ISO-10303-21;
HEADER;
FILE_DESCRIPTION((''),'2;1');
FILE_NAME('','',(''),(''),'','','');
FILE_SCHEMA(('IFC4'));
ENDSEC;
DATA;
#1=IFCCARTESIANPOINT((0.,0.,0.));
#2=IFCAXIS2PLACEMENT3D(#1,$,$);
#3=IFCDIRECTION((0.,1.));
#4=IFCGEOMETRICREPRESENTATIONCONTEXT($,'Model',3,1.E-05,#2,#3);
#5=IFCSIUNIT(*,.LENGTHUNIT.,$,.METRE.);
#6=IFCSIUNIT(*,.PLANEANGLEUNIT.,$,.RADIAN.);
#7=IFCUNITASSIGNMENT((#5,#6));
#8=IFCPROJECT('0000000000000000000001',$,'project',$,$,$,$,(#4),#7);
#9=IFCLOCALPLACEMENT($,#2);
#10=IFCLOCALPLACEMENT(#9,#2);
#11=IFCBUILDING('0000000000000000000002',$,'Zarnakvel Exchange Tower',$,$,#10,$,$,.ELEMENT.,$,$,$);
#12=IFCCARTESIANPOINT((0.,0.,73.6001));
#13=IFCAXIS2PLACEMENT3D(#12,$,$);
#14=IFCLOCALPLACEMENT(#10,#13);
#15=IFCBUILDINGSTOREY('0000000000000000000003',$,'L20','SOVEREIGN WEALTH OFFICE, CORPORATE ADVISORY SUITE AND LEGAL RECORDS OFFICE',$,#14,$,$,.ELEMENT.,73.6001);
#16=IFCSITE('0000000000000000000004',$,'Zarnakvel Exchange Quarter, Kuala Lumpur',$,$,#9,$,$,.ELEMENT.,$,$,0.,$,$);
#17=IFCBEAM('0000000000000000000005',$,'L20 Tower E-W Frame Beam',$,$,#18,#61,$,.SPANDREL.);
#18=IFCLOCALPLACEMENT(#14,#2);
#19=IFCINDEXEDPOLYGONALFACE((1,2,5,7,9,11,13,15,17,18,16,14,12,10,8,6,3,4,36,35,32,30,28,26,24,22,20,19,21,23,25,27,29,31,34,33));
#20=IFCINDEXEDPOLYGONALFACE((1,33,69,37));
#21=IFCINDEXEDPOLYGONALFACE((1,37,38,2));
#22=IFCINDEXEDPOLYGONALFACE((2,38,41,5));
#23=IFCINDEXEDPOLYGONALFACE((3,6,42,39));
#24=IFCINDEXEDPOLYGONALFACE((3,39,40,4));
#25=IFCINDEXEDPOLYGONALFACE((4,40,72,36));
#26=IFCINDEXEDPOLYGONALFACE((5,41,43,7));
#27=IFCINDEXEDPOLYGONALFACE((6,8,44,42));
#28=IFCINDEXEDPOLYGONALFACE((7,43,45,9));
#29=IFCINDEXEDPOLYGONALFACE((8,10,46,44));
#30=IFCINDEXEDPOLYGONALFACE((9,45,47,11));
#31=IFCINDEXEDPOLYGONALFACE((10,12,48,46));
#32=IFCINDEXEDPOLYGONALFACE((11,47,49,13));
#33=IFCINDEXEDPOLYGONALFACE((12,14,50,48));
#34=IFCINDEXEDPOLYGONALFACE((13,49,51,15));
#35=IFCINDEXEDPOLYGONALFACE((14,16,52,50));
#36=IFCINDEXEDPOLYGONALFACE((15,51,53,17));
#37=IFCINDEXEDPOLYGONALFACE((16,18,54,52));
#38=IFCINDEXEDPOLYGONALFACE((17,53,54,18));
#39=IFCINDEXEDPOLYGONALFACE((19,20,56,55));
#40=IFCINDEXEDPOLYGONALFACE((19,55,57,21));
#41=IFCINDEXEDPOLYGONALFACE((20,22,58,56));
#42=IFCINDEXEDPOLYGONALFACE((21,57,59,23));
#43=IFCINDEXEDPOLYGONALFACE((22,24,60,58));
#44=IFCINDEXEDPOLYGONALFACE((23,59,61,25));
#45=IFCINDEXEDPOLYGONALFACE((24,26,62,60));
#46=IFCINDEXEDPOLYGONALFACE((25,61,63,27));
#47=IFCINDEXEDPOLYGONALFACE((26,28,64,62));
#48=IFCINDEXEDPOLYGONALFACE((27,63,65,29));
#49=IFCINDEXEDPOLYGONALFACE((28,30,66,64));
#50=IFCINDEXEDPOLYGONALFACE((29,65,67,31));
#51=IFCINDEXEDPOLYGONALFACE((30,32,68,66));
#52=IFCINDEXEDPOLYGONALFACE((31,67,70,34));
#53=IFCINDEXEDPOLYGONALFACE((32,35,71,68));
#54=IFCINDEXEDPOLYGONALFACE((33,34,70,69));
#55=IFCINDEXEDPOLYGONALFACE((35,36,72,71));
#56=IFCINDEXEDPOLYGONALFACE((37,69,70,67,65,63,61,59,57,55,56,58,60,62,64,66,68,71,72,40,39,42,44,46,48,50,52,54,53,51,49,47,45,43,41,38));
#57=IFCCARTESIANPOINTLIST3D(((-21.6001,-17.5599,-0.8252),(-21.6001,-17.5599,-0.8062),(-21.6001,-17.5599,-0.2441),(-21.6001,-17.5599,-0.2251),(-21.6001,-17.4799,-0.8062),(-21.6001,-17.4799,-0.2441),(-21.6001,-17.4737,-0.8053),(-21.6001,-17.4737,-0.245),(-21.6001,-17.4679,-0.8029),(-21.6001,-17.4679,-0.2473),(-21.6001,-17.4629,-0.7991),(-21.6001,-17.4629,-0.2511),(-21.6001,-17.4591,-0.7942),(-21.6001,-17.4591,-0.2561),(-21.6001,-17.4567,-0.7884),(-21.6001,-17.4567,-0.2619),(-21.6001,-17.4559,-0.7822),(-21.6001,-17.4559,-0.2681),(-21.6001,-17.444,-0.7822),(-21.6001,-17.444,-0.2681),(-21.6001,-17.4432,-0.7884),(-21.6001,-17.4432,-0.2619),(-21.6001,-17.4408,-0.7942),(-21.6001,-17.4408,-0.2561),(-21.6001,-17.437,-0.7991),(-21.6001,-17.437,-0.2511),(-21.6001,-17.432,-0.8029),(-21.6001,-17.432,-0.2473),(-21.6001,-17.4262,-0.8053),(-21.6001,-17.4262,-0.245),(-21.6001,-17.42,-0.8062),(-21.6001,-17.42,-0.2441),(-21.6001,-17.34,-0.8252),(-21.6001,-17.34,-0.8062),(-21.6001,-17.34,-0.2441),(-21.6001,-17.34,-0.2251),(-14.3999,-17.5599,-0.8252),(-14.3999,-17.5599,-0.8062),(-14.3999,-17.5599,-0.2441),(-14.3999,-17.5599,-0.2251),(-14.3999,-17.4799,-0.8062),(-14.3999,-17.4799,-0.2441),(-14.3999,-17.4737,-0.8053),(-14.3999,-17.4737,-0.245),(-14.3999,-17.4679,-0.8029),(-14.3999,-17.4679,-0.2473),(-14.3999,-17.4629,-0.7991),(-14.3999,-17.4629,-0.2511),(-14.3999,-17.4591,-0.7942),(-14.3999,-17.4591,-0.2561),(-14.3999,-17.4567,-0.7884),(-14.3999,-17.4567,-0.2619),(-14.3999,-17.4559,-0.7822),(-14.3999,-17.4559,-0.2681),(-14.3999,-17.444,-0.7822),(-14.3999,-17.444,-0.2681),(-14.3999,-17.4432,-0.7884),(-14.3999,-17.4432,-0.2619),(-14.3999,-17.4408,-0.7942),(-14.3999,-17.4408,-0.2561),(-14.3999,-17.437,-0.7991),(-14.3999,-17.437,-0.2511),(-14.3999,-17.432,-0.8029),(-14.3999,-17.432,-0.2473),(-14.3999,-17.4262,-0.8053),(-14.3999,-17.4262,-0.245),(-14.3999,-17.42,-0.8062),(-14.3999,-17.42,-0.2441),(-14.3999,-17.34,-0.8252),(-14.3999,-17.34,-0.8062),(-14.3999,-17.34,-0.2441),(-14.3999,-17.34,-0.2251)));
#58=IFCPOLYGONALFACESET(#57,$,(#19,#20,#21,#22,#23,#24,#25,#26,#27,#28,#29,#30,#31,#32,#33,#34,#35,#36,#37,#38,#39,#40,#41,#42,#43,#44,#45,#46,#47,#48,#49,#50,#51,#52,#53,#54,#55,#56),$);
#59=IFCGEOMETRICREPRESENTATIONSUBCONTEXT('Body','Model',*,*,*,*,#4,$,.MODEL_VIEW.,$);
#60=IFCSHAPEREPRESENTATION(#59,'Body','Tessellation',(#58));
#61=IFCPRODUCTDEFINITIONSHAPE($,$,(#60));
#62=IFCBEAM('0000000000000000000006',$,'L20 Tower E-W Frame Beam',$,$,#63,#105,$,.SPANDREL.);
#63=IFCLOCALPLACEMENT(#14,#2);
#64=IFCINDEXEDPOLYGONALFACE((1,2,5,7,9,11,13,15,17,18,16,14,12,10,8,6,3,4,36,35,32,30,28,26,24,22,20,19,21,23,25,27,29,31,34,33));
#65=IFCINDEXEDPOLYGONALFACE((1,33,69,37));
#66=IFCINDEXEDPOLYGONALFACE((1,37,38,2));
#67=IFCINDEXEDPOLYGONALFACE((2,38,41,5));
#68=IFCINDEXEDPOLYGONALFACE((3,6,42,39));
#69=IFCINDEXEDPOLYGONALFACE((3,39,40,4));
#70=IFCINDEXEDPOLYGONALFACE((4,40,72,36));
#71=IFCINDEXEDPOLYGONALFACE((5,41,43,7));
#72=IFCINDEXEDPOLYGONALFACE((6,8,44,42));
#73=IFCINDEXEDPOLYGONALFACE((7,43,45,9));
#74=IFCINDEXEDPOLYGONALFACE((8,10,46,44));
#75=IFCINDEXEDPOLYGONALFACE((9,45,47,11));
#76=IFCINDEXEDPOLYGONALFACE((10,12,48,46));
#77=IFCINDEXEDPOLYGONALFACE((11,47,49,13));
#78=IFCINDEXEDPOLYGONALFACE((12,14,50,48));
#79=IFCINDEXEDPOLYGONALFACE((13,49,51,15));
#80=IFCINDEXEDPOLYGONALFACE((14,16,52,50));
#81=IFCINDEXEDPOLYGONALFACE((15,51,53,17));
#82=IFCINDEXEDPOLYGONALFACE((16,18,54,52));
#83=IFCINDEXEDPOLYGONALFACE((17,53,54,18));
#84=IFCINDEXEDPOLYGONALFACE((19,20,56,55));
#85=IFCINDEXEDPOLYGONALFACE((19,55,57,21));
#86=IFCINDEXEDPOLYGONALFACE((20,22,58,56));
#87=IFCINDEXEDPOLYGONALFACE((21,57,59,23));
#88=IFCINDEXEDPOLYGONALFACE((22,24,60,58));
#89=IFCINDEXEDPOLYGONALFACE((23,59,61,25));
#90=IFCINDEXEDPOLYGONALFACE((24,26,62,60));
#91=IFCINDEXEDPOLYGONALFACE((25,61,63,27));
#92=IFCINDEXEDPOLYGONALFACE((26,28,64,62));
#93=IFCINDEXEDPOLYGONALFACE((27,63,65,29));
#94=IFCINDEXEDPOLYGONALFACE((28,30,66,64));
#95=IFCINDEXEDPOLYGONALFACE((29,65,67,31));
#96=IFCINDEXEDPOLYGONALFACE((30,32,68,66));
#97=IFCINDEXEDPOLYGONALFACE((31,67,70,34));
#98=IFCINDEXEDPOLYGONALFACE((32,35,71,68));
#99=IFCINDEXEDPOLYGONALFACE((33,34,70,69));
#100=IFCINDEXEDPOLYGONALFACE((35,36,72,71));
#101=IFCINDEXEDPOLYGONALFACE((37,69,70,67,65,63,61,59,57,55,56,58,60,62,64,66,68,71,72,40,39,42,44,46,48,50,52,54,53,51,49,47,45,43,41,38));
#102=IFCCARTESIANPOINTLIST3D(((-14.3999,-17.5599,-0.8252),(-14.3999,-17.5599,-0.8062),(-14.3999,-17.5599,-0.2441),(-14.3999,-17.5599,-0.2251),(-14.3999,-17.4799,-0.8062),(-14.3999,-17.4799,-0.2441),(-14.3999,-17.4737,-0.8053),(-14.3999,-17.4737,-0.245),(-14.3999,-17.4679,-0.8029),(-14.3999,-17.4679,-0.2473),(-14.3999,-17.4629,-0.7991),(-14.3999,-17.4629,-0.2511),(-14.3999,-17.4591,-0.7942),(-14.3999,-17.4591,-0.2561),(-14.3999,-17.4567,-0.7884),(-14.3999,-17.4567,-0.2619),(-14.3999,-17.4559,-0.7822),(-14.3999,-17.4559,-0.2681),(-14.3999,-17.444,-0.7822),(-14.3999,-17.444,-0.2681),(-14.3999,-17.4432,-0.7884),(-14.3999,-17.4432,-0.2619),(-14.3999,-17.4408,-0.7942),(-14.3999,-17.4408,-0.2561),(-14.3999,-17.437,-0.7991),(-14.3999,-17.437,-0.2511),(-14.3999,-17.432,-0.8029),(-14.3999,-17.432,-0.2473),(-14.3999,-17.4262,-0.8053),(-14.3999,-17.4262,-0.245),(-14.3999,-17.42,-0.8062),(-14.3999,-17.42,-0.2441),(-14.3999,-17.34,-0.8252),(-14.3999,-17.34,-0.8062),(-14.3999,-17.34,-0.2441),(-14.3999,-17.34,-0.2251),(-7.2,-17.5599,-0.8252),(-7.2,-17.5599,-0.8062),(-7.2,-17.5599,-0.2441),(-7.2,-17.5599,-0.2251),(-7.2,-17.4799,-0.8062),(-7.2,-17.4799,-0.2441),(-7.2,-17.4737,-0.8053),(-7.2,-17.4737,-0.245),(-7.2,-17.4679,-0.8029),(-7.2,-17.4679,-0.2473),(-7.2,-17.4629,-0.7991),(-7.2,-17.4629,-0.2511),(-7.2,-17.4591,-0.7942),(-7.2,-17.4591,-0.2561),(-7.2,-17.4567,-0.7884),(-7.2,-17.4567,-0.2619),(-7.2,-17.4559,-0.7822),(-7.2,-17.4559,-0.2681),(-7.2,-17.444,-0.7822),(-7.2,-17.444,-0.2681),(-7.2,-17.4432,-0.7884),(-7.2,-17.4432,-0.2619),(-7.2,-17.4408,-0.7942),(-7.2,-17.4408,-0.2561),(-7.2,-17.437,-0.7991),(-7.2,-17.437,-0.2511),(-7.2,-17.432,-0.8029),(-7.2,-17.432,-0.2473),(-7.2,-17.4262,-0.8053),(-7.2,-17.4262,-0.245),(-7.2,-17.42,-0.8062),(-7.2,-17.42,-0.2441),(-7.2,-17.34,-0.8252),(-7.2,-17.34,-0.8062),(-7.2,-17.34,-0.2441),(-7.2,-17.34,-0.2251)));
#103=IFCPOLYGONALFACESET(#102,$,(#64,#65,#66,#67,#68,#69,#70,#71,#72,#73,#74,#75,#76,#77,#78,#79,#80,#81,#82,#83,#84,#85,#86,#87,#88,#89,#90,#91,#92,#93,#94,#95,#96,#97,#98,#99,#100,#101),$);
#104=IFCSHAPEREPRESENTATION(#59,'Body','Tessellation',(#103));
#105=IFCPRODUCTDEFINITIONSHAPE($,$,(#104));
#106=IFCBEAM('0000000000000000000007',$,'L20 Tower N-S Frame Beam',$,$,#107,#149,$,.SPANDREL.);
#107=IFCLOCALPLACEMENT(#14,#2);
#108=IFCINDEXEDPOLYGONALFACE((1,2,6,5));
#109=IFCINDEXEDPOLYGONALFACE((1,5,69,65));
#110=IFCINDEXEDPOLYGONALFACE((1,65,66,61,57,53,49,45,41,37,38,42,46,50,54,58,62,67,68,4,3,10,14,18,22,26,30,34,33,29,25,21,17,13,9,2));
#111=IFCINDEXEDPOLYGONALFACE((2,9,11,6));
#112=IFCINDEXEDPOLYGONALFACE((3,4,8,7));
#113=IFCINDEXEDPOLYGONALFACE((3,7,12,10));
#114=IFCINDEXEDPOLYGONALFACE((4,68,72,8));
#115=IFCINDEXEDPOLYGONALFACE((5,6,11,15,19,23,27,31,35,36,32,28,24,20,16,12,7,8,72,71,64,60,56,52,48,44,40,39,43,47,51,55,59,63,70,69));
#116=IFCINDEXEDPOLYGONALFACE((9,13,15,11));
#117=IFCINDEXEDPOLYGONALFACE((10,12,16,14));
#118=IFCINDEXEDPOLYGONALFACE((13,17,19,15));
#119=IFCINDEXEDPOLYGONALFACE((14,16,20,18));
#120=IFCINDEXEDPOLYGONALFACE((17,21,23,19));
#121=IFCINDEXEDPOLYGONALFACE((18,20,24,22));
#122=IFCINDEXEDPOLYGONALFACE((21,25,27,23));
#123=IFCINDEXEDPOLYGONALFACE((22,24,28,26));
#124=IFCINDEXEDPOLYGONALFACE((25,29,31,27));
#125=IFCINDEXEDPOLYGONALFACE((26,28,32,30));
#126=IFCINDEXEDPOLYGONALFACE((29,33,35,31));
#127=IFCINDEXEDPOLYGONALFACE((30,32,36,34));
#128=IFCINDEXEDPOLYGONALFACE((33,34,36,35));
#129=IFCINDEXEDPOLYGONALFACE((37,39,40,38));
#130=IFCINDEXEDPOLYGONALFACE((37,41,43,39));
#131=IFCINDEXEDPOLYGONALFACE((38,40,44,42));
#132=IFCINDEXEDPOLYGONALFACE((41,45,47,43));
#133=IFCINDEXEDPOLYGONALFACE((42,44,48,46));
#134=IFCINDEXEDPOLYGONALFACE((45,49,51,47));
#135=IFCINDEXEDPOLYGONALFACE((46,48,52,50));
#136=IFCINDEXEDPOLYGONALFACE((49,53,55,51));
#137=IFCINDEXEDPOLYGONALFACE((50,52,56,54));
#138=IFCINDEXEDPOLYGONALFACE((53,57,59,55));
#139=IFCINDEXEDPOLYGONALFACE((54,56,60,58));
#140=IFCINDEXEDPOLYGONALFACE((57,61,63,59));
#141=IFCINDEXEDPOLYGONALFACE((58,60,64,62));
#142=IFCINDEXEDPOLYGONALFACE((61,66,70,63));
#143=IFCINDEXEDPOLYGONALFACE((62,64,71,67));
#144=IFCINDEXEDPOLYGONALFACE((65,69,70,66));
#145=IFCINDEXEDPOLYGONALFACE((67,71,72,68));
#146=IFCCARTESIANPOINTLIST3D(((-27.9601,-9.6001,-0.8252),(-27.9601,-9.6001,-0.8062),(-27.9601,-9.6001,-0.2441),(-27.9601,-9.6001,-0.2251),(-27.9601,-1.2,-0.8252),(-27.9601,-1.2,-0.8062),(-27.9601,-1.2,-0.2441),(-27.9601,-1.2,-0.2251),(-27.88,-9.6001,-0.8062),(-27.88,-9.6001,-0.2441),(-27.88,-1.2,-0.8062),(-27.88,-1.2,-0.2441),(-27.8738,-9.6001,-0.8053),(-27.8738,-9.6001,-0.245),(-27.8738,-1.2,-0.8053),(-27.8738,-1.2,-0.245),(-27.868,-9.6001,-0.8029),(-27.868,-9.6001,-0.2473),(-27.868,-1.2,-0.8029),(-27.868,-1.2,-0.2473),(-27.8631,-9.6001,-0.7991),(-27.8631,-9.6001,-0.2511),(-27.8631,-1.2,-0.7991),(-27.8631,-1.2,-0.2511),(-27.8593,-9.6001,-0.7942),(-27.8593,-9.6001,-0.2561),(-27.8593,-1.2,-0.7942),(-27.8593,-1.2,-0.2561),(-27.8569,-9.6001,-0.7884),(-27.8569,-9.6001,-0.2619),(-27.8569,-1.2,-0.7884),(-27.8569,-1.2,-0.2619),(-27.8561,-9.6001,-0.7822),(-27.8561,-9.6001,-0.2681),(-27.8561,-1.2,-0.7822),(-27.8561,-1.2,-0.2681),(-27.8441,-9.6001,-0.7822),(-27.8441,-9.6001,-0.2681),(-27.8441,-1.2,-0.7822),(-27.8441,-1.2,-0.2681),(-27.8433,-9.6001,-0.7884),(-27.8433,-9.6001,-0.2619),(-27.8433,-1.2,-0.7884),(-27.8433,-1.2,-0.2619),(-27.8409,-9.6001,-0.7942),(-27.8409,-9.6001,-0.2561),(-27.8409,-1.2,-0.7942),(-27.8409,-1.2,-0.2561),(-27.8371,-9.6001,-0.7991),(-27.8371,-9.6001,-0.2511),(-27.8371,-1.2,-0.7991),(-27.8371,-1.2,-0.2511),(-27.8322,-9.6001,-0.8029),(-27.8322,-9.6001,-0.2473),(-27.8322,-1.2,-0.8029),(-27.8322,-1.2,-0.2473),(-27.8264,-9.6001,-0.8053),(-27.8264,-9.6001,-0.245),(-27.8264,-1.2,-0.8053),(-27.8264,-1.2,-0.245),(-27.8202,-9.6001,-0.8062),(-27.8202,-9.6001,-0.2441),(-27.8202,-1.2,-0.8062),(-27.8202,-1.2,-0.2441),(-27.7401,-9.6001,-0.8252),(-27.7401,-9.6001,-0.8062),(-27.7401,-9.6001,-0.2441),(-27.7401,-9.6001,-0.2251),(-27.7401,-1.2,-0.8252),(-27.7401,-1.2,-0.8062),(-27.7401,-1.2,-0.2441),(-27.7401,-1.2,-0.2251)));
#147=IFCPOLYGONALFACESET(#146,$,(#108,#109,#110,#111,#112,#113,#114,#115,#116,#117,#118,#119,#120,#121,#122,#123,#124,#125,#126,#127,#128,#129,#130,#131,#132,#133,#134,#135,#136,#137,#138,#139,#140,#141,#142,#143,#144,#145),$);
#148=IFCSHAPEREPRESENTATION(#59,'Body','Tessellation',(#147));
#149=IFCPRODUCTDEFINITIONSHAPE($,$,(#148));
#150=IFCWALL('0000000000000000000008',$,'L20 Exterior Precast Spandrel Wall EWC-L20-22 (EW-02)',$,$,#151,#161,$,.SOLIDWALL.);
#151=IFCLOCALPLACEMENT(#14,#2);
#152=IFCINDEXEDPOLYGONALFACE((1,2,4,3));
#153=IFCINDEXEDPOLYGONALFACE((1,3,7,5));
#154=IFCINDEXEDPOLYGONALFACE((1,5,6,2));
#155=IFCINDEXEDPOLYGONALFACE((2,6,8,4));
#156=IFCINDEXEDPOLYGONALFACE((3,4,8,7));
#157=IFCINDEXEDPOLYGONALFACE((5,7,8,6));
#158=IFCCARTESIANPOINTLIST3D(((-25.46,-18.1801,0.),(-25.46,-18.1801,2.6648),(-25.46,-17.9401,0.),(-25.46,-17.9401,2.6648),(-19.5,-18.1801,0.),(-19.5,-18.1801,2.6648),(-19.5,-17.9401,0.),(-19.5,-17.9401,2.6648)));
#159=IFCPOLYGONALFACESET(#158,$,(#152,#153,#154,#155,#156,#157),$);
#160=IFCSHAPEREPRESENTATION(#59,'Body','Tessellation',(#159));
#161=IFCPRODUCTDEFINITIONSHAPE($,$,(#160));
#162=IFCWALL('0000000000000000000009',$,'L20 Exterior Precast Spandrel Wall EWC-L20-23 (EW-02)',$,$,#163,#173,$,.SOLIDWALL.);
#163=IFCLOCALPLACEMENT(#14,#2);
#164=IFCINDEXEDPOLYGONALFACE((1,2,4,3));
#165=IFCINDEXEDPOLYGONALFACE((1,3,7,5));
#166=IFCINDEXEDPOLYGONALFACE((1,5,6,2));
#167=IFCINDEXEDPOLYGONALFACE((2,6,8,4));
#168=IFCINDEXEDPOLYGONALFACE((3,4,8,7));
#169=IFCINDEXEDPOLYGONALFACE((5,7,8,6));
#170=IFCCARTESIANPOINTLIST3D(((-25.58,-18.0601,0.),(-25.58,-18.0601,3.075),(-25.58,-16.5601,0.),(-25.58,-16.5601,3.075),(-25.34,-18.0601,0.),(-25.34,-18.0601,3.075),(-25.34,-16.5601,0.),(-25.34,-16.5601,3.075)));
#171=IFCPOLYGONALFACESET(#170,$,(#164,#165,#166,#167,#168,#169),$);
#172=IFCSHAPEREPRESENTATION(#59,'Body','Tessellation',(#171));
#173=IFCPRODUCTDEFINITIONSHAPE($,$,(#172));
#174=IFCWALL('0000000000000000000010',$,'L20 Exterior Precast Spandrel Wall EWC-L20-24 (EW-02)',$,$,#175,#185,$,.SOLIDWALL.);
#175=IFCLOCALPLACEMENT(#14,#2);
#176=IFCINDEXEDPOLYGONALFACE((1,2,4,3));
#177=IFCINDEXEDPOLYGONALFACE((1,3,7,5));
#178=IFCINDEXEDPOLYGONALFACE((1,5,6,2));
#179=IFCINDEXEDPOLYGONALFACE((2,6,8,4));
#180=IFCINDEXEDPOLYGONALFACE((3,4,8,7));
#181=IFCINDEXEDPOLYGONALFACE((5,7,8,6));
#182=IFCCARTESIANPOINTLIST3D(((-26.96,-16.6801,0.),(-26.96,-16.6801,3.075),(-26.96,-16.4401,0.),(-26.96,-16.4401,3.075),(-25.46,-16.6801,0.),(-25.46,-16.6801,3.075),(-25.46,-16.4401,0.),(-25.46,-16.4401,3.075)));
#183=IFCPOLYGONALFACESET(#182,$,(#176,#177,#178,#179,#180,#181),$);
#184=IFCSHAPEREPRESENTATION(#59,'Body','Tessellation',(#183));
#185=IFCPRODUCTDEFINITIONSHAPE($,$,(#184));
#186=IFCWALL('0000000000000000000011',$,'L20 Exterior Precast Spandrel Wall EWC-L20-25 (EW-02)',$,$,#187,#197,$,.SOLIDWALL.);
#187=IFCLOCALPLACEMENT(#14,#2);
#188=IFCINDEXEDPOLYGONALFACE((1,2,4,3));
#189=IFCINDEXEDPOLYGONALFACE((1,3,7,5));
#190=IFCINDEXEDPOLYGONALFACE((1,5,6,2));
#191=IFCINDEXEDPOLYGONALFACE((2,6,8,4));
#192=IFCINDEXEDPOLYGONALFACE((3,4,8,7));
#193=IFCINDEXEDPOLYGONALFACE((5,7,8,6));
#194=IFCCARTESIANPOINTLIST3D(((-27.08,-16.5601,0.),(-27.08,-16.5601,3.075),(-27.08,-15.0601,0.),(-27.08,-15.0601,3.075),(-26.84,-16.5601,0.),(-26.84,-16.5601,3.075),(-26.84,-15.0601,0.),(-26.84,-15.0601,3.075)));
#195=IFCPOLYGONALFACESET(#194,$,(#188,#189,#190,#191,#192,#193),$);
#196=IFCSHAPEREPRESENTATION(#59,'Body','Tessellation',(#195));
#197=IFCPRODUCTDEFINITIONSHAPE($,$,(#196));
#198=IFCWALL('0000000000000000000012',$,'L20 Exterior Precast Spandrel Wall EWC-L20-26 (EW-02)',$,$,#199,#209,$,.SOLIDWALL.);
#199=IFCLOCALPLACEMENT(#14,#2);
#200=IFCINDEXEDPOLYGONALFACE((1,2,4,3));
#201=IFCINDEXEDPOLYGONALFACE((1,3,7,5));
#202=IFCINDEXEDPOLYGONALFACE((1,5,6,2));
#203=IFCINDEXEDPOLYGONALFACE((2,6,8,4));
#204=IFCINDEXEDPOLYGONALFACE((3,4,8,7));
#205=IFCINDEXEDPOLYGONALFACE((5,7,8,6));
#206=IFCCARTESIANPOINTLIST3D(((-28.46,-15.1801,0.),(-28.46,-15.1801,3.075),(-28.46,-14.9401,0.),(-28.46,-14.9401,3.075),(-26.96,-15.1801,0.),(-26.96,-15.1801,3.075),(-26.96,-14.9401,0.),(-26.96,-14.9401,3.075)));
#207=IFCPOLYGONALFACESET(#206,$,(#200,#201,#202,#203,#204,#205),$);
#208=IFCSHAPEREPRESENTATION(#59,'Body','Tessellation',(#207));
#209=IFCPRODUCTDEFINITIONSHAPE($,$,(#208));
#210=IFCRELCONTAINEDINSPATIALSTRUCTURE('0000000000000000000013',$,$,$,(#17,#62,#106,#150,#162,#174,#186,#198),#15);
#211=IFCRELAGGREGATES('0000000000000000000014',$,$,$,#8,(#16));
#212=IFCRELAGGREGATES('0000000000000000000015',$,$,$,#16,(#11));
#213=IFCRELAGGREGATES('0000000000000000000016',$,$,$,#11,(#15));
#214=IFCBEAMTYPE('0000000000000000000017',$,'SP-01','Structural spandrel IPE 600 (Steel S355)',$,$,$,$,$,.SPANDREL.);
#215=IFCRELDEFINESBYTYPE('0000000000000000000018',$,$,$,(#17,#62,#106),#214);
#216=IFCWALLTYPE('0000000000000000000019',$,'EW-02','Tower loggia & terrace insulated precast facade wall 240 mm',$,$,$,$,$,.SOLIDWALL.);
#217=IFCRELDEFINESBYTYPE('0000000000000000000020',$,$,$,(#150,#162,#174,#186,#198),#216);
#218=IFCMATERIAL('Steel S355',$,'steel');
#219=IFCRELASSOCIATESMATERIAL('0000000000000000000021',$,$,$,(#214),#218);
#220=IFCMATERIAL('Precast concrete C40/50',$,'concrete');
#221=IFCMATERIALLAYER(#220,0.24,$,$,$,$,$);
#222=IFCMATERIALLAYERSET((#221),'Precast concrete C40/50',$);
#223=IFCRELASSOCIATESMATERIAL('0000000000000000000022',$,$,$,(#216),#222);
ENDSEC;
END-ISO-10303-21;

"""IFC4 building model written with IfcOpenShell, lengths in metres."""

from ifc_helpers import new_model, si_unit, direction, frame, frame_2d, origin, origin_2d, place, context, subcontext, project, spatial, rectangle, i_section, extrude, material, layer, layer_set, material_profile, profile_set, type_object, element, save


model = new_model("IFC4")

# Units and contexts
model_context = context("Model", 3, precision=1e-05, world=origin(), true_north=direction((0.0, 1.0)))
body_context = subcontext(model_context, "Body", "Model", "MODEL_VIEW")
ifc_project = project(units=[si_unit("LENGTHUNIT", "METRE"), si_unit("PLANEANGLEUNIT", "RADIAN")], contexts=[model_context])

# Site, building, storey
site_placement = place(None, origin())
site = spatial("IfcSite", under=ifc_project, at=site_placement, Name="Zarnakvel Exchange Quarter, Kuala Lumpur", CompositionType="ELEMENT", RefElevation=0.0)
building_placement = place(site_placement, origin())
building = spatial("IfcBuilding", under=site, at=building_placement, Name="Zarnakvel Exchange Tower", CompositionType="ELEMENT")
storey_placement = place(building_placement, frame((0.0, 0.0, 73.6001)))
storey = spatial("IfcBuildingStorey", under=building, at=storey_placement, Name="L20", Description="SOVEREIGN WEALTH OFFICE, CORPORATE ADVISORY SUITE AND LEGAL RECORDS OFFICE", CompositionType="ELEMENT", Elevation=73.6001)

# Shared definitions
ifc_material_1 = material(Name="Steel S355", Category="steel")

# Beams
ifc_material_profile_1 = material_profile(ifc_material_1, i_section(OverallWidth=0.22, OverallDepth=0.6001, WebThickness=0.012, FlangeThickness=0.019, FilletRadius=0.0239, at=origin_2d()))
ifc_profile_set_1 = profile_set([ifc_material_profile_1], Name="Steel S355")
beam_type_1 = type_object("IfcBeamType", Name="SP-01", Description="Structural spandrel IPE 600 (Steel S355)", PredefinedType="SPANDREL", material=ifc_profile_set_1)
beam_1_placement = place(storey_placement, frame((-21.6001, -17.45, -0.5251), z_axis=(1.0, 0.0, 0.0), x_axis=(0.0, 1.0, 0.0)))
element("IfcBeam", 1, at=beam_1_placement, inside=storey, type_object=beam_type_1, Name="L20 Tower E-W Frame Beam", PredefinedType="SPANDREL", context=body_context, shape_type="SweptSolid", body=[
    extrude(i_section(OverallWidth=0.22, OverallDepth=0.6001, WebThickness=0.012, FlangeThickness=0.019, FilletRadius=0.0239, at=origin_2d()), origin(), (0.0, 0.0, 1.0), 7.2002),
])
beam_2_placement = place(storey_placement, frame((-14.3999, -17.45, -0.5251), z_axis=(1.0, 0.0, 0.0), x_axis=(0.0, 1.0, 0.0)))
element("IfcBeam", 2, at=beam_2_placement, inside=storey, type_object=beam_type_1, Name="L20 Tower E-W Frame Beam", PredefinedType="SPANDREL", context=body_context, shape_type="SweptSolid", body=[
    extrude(i_section(OverallWidth=0.22, OverallDepth=0.6001, WebThickness=0.012, FlangeThickness=0.019, FilletRadius=0.0239, at=origin_2d()), origin(), (0.0, 0.0, 1.0), 7.2),
])
beam_3_placement = place(storey_placement, frame((-27.8501, -9.6001, -0.5251), z_axis=(0.0, 1.0, 0.0), x_axis=(-1.0, 0.0, 0.0)))
element("IfcBeam", 3, at=beam_3_placement, inside=storey, type_object=beam_type_1, Name="L20 Tower N-S Frame Beam", PredefinedType="SPANDREL", context=body_context, shape_type="SweptSolid", body=[
    extrude(i_section(OverallWidth=0.22, OverallDepth=0.6001, WebThickness=0.012, FlangeThickness=0.019, FilletRadius=0.0239, at=origin_2d()), origin(), (0.0, 0.0, 1.0), 8.4001),
])

# Walls
ifc_material_2 = material(Name="Precast concrete C40/50", Category="concrete")
ifc_layer_1 = layer(ifc_material_2, 0.24)
ifc_layer_set_1 = layer_set([ifc_layer_1], Name="Precast concrete C40/50")
wall_type_1 = type_object("IfcWallType", Name="EW-02", Description="Tower loggia & terrace insulated precast facade wall 240 mm", PredefinedType="SOLIDWALL", material=ifc_layer_set_1)
wall_1_placement = place(storey_placement, frame((-25.46, -18.0601, 0.0), z_axis=(0.0, 0.0, 1.0), x_axis=(1.0, 0.0, 0.0)))
element("IfcWall", 4, at=wall_1_placement, inside=storey, type_object=wall_type_1, Name="L20 Exterior Precast Spandrel Wall EWC-L20-22 (EW-02)", PredefinedType="SOLIDWALL", context=body_context, shape_type="SweptSolid", body=[
    extrude(rectangle(XDim=5.96, YDim=0.24, at=frame_2d((2.98, 0.0))), origin(), (0.0, 0.0, 1.0), 2.6648),
])
for number, where, z_axis, x_axis, name in (
    (5, (-25.46, -16.5601, 0.0), (0.0, 0.0, 1.0), (0.0, -1.0, 0.0), "L20 Exterior Precast Spandrel Wall EWC-L20-23 (EW-02)"),
    (6, (-26.96, -16.5601, 0.0), (0.0, 0.0, 1.0), (1.0, 0.0, 0.0), "L20 Exterior Precast Spandrel Wall EWC-L20-24 (EW-02)"),
    (7, (-26.96, -15.0601, 0.0), (0.0, 0.0, 1.0), (0.0, -1.0, 0.0), "L20 Exterior Precast Spandrel Wall EWC-L20-25 (EW-02)"),
    (8, (-28.46, -15.0601, 0.0), (0.0, 0.0, 1.0), (1.0, 0.0, 0.0), "L20 Exterior Precast Spandrel Wall EWC-L20-26 (EW-02)"),
):
    element("IfcWall", number, at=place(storey_placement, frame(where, z_axis=z_axis, x_axis=x_axis)), inside=storey, type_object=wall_type_1, Name=name, PredefinedType="SOLIDWALL", context=body_context, shape_type="SweptSolid", body=[
        extrude(rectangle(XDim=1.5, YDim=0.24, at=frame_2d((0.75, 0.0))), origin(), (0.0, 0.0, 1.0), 3.075),
    ])

save(model, "model.ifc")
